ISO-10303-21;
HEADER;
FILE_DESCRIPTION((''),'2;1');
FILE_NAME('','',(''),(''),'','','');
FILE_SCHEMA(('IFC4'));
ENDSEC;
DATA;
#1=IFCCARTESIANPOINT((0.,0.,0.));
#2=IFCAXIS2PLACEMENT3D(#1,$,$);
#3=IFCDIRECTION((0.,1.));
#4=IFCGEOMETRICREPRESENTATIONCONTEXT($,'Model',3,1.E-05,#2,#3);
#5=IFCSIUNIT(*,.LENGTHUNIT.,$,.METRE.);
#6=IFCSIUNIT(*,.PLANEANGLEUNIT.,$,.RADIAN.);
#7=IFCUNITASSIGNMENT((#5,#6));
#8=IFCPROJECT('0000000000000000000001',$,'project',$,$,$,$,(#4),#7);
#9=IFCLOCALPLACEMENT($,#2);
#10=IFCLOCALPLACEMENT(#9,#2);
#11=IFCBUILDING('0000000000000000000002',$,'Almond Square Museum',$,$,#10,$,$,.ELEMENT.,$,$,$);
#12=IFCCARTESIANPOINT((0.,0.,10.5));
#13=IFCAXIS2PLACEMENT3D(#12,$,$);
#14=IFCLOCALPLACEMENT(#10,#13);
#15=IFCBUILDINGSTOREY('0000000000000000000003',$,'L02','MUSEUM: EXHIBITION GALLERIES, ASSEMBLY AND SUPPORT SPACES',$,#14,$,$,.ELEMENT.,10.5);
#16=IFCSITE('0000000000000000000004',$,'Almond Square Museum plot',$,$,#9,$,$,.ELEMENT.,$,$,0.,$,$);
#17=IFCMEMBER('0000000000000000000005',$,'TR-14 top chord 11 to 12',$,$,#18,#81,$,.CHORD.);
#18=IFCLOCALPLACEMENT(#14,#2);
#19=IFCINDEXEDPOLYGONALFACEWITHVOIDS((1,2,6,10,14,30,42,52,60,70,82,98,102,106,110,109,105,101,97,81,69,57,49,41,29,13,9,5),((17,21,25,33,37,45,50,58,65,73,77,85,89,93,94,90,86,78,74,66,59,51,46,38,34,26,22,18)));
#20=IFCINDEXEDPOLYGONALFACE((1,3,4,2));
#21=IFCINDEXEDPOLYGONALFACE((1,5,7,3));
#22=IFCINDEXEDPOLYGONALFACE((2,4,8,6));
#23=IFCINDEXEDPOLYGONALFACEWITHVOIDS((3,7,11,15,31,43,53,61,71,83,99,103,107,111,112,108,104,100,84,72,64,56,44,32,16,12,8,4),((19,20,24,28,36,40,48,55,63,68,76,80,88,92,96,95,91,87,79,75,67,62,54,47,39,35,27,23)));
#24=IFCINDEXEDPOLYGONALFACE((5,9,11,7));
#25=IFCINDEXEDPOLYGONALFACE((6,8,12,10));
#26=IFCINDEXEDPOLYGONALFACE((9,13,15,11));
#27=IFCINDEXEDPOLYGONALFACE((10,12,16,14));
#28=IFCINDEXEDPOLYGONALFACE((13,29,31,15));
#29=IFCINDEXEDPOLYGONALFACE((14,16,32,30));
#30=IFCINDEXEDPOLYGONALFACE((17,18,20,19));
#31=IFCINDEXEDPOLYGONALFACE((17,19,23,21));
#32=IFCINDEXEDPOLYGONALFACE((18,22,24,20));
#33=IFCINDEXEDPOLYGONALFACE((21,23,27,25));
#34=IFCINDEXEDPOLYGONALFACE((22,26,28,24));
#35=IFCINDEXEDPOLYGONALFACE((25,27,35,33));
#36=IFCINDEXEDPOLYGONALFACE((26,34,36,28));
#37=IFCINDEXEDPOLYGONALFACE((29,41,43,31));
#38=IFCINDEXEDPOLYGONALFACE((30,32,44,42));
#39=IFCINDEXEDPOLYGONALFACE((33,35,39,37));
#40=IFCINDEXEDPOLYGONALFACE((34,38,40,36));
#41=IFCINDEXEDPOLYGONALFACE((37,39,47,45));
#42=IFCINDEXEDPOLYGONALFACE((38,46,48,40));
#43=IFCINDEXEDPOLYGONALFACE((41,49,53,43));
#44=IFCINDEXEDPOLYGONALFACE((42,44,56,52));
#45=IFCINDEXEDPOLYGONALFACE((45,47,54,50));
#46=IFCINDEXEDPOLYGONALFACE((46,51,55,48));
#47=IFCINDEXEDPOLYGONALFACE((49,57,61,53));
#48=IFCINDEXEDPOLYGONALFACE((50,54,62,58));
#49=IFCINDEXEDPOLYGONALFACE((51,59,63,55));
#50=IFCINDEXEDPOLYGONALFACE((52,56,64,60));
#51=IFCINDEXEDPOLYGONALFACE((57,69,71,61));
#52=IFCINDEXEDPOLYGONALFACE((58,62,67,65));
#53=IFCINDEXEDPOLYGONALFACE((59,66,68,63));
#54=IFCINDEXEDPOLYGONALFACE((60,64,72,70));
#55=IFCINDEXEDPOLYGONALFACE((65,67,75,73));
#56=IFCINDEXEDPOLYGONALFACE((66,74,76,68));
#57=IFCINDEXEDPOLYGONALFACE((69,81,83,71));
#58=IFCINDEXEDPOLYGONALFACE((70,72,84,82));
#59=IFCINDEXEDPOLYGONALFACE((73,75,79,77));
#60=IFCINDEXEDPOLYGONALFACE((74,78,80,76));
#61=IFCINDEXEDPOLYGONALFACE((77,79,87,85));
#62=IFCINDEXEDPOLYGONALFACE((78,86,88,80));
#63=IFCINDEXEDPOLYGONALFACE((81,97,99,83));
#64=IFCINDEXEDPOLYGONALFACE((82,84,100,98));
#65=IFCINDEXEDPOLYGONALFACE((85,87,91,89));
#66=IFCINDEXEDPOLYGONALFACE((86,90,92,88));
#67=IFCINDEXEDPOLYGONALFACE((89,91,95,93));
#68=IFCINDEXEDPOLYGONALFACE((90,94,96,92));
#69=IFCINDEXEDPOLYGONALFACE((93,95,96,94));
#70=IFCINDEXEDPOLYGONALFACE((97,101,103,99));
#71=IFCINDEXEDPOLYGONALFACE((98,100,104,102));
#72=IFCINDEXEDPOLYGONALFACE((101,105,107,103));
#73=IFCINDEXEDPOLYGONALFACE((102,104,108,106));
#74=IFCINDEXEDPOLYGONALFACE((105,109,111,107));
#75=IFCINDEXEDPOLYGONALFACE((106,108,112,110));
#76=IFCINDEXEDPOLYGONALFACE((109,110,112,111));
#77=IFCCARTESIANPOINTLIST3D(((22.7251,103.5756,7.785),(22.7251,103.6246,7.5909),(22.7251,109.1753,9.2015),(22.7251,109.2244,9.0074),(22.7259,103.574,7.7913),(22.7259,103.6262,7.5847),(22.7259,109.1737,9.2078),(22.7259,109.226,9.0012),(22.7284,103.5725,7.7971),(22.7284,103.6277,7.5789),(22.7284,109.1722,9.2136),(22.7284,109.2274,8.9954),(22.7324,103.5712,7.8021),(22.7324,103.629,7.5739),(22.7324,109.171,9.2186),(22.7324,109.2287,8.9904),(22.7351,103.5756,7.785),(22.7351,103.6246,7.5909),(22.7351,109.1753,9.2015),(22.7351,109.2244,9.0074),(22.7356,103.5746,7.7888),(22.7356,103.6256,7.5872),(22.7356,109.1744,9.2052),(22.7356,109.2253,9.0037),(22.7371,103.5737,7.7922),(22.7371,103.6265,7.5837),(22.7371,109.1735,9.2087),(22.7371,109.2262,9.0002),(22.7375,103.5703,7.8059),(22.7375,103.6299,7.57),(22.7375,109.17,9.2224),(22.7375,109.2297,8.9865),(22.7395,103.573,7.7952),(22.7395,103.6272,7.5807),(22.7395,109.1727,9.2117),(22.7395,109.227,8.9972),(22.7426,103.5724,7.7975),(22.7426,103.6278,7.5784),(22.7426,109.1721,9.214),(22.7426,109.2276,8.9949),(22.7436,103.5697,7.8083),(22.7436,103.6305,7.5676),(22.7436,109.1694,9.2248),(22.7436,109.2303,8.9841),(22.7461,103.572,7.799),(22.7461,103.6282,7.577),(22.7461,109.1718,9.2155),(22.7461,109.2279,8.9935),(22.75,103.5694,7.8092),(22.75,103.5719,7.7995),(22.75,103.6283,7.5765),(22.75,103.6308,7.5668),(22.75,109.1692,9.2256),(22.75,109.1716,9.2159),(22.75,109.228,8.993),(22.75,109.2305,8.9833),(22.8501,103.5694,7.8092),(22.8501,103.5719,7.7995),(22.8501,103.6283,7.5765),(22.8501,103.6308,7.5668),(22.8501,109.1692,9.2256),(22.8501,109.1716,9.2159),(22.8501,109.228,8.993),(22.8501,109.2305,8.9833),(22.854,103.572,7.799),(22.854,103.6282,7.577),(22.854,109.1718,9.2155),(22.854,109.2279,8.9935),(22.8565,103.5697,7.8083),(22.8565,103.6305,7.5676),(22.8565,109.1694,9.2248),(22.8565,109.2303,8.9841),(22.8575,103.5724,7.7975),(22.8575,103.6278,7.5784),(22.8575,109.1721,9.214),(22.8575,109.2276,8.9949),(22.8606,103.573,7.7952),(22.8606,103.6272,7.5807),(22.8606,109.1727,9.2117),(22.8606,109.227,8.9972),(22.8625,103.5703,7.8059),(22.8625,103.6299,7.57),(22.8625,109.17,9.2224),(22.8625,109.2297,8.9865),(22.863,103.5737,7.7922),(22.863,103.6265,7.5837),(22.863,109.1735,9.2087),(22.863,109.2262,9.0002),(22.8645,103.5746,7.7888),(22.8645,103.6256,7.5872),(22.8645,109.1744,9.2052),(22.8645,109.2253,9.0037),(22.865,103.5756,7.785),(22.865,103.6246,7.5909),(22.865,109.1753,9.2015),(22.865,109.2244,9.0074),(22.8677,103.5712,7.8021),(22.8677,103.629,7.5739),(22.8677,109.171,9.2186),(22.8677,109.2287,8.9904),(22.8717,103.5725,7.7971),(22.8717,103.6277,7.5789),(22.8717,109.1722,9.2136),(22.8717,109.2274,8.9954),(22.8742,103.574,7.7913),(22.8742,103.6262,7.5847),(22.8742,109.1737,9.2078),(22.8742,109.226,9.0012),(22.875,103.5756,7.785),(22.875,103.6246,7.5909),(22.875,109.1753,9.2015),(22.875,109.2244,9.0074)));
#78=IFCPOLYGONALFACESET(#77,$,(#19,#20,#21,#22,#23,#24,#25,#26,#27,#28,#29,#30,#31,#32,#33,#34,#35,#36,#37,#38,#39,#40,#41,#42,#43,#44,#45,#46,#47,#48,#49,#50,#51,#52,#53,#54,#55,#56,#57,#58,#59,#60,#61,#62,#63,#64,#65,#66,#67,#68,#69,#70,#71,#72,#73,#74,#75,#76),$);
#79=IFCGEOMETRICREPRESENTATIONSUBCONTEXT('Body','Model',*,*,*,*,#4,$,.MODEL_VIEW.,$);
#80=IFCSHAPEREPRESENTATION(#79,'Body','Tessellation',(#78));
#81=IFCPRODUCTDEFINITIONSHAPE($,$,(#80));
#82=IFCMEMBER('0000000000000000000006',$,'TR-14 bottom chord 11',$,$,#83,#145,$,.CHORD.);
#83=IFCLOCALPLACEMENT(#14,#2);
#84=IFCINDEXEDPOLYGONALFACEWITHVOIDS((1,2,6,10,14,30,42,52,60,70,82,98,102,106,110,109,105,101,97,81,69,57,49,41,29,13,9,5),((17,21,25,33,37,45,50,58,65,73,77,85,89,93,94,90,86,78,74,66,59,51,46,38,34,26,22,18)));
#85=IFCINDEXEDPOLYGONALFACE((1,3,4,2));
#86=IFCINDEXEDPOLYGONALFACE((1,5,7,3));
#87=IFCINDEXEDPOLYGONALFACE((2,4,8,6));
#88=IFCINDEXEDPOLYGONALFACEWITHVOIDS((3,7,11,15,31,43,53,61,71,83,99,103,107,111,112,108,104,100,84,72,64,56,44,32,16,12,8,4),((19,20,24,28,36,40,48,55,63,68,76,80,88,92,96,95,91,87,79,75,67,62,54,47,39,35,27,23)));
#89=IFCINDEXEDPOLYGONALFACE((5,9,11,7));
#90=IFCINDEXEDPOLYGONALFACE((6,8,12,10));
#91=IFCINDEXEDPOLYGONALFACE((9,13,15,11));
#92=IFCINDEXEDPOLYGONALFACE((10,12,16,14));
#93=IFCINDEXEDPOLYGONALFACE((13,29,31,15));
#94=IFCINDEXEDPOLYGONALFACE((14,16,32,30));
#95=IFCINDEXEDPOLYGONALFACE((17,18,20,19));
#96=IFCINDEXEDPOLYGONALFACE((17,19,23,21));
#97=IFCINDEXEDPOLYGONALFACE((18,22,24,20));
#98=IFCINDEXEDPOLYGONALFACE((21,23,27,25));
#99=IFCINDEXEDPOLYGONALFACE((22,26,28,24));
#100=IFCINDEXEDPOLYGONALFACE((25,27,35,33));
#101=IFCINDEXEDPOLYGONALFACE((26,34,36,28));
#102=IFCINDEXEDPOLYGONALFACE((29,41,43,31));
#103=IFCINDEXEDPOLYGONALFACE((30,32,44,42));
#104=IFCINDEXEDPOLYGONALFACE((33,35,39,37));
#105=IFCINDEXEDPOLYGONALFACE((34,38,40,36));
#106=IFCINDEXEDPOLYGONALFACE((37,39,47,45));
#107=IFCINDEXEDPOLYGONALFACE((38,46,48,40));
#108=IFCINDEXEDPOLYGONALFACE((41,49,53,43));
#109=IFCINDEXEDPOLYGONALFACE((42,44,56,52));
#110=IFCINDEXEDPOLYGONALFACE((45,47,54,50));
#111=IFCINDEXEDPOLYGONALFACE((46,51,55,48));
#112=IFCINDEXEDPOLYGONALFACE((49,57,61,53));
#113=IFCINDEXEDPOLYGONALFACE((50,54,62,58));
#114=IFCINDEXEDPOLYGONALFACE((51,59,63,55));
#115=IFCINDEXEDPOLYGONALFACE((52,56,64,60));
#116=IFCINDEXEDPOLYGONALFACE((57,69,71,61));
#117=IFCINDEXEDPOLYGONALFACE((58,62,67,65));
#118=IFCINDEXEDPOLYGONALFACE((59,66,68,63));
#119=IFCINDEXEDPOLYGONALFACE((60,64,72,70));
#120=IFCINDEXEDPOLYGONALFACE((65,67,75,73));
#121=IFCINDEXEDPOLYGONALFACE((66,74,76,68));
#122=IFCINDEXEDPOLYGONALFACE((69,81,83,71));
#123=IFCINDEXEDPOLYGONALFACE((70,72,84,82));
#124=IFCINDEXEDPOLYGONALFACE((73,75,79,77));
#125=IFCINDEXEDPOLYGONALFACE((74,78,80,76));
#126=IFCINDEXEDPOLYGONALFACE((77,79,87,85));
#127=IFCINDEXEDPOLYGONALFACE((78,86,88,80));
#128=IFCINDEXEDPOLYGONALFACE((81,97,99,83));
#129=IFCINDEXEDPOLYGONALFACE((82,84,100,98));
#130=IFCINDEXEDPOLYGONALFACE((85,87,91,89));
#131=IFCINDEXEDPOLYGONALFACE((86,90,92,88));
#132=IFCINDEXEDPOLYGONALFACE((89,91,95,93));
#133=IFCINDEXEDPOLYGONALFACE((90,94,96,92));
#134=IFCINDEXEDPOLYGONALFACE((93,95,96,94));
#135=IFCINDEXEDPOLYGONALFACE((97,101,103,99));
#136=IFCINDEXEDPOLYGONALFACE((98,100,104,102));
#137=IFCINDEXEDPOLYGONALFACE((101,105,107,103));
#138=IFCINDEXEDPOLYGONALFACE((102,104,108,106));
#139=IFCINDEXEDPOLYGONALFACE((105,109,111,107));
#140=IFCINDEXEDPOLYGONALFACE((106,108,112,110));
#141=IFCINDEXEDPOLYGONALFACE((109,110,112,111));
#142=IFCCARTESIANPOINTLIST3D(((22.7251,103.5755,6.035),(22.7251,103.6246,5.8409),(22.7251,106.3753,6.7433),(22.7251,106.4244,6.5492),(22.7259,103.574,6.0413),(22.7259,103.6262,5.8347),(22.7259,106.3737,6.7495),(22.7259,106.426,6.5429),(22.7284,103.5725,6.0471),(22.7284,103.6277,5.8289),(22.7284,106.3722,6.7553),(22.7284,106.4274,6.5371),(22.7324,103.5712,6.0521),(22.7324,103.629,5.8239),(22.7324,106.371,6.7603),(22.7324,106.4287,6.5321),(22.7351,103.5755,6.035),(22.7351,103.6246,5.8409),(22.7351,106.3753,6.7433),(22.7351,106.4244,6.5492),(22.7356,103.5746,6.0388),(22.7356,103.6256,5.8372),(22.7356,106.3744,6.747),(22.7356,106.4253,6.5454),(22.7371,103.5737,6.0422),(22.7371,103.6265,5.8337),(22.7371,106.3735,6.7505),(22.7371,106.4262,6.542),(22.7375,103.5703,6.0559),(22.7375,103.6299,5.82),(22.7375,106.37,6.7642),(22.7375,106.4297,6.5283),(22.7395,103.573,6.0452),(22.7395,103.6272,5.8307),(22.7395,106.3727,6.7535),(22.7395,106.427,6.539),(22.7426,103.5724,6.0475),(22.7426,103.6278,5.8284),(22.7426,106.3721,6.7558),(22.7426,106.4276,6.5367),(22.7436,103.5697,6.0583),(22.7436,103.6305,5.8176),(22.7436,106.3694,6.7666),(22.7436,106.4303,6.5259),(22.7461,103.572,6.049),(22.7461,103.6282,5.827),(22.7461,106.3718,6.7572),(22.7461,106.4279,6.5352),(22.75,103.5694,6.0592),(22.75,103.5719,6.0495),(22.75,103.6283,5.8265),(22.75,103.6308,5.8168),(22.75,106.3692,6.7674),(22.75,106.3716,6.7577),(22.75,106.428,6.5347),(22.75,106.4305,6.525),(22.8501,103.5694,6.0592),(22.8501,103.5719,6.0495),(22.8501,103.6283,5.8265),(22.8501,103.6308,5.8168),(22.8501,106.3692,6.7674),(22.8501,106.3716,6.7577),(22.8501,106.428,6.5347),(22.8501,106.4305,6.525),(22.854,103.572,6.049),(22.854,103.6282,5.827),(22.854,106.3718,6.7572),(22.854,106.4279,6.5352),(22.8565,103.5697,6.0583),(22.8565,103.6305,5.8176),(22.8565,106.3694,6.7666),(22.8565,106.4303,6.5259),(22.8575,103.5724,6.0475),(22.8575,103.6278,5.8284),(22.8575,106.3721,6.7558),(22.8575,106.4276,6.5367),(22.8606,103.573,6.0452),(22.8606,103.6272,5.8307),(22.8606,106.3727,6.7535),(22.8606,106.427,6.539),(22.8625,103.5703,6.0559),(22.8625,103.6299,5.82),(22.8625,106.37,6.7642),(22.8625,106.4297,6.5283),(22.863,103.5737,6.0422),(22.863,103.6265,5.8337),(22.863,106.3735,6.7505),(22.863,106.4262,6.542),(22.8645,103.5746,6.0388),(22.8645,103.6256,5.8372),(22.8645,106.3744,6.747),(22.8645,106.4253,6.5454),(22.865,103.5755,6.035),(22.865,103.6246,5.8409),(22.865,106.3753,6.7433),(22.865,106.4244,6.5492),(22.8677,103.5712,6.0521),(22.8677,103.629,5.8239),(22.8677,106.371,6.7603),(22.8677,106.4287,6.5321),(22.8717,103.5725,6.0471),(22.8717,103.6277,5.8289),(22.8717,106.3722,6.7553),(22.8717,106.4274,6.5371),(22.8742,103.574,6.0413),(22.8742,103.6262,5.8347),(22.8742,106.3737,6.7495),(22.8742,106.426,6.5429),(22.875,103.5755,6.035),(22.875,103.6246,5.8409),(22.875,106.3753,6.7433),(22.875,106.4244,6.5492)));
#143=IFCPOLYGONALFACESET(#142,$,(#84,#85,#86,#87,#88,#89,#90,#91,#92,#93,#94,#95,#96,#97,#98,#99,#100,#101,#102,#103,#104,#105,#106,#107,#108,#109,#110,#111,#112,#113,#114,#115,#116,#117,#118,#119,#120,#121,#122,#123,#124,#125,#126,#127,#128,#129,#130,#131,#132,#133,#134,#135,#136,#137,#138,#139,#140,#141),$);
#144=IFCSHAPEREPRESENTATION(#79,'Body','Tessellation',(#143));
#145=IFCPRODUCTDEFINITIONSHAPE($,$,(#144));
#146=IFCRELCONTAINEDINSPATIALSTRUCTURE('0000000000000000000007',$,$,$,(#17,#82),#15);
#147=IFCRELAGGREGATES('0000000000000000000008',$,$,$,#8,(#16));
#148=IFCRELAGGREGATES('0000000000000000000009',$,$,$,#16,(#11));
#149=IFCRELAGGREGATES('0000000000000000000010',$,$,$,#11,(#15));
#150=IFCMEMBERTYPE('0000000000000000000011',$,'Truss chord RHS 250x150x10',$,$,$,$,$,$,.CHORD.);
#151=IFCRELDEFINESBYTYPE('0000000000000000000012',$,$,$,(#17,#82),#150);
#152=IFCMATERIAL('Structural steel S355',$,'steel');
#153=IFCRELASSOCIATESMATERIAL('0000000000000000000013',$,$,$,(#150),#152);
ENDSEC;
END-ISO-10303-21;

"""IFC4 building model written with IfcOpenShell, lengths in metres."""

from ifc_helpers import new_model, si_unit, direction, frame, origin, origin_2d, place, context, subcontext, project, spatial, hollow_rectangle, extrude, material, material_profile, profile_set, type_object, element, save


model = new_model("IFC4")

# Units and contexts
model_context = context("Model", 3, precision=1e-05, world=origin(), true_north=direction((0.0, 1.0)))
body_context = subcontext(model_context, "Body", "Model", "MODEL_VIEW")
ifc_project = project(units=[si_unit("LENGTHUNIT", "METRE"), si_unit("PLANEANGLEUNIT", "RADIAN")], contexts=[model_context])

# Site, building, storey
site_placement = place(None, origin())
site = spatial("IfcSite", under=ifc_project, at=site_placement, Name="Almond Square Museum plot", CompositionType="ELEMENT", RefElevation=0.0)
building_placement = place(site_placement, origin())
building = spatial("IfcBuilding", under=site, at=building_placement, Name="Almond Square Museum", CompositionType="ELEMENT")
storey_placement = place(building_placement, frame((0.0, 0.0, 10.5)))
storey = spatial("IfcBuildingStorey", under=building, at=storey_placement, Name="L02", Description="MUSEUM: EXHIBITION GALLERIES, ASSEMBLY AND SUPPORT SPACES", CompositionType="ELEMENT", Elevation=10.5)

# Members
ifc_material_1 = material(Name="Structural steel S355", Category="steel")
ifc_material_profile_1 = material_profile(ifc_material_1, hollow_rectangle(XDim=0.1499, YDim=0.25, WallThickness=0.01, InnerFilletRadius=0.0149, OuterFilletRadius=0.0249, at=origin_2d()))
ifc_profile_set_1 = profile_set([ifc_material_profile_1], Name="Structural steel S355")
member_type_1 = type_object("IfcMemberType", Name="Truss chord RHS 250x150x10", PredefinedType="CHORD", material=ifc_profile_set_1)
member_1_placement = place(storey_placement, frame((22.8, 103.6001, 7.688), z_axis=(0.0, 0.969465, 0.24523), x_axis=(-1.0, 0.0, 0.0)))
element("IfcMember", 1, at=member_1_placement, inside=storey, type_object=member_type_1, Name="TR-14 top chord 11 to 12", PredefinedType="CHORD", context=body_context, shape_type="SweptSolid", body=[
    extrude(hollow_rectangle(XDim=0.1499, YDim=0.25, WallThickness=0.01, InnerFilletRadius=0.0149, OuterFilletRadius=0.0249, at=origin_2d()), origin(), (0.0, 0.0, 1.0), 5.7761),
])
member_2_placement = place(storey_placement, frame((22.8, 103.6001, 5.938), z_axis=(0.0, 0.969462, 0.24524), x_axis=(-1.0, 0.0, 0.0)))
element("IfcMember", 2, at=member_2_placement, inside=storey, type_object=member_type_1, Name="TR-14 bottom chord 11", PredefinedType="CHORD", context=body_context, shape_type="SweptSolid", body=[
    extrude(hollow_rectangle(XDim=0.1499, YDim=0.25, WallThickness=0.01, InnerFilletRadius=0.0149, OuterFilletRadius=0.0249, at=origin_2d()), origin(), (0.0, 0.0, 1.0), 2.8879),
])

save(model, "model.ifc")
